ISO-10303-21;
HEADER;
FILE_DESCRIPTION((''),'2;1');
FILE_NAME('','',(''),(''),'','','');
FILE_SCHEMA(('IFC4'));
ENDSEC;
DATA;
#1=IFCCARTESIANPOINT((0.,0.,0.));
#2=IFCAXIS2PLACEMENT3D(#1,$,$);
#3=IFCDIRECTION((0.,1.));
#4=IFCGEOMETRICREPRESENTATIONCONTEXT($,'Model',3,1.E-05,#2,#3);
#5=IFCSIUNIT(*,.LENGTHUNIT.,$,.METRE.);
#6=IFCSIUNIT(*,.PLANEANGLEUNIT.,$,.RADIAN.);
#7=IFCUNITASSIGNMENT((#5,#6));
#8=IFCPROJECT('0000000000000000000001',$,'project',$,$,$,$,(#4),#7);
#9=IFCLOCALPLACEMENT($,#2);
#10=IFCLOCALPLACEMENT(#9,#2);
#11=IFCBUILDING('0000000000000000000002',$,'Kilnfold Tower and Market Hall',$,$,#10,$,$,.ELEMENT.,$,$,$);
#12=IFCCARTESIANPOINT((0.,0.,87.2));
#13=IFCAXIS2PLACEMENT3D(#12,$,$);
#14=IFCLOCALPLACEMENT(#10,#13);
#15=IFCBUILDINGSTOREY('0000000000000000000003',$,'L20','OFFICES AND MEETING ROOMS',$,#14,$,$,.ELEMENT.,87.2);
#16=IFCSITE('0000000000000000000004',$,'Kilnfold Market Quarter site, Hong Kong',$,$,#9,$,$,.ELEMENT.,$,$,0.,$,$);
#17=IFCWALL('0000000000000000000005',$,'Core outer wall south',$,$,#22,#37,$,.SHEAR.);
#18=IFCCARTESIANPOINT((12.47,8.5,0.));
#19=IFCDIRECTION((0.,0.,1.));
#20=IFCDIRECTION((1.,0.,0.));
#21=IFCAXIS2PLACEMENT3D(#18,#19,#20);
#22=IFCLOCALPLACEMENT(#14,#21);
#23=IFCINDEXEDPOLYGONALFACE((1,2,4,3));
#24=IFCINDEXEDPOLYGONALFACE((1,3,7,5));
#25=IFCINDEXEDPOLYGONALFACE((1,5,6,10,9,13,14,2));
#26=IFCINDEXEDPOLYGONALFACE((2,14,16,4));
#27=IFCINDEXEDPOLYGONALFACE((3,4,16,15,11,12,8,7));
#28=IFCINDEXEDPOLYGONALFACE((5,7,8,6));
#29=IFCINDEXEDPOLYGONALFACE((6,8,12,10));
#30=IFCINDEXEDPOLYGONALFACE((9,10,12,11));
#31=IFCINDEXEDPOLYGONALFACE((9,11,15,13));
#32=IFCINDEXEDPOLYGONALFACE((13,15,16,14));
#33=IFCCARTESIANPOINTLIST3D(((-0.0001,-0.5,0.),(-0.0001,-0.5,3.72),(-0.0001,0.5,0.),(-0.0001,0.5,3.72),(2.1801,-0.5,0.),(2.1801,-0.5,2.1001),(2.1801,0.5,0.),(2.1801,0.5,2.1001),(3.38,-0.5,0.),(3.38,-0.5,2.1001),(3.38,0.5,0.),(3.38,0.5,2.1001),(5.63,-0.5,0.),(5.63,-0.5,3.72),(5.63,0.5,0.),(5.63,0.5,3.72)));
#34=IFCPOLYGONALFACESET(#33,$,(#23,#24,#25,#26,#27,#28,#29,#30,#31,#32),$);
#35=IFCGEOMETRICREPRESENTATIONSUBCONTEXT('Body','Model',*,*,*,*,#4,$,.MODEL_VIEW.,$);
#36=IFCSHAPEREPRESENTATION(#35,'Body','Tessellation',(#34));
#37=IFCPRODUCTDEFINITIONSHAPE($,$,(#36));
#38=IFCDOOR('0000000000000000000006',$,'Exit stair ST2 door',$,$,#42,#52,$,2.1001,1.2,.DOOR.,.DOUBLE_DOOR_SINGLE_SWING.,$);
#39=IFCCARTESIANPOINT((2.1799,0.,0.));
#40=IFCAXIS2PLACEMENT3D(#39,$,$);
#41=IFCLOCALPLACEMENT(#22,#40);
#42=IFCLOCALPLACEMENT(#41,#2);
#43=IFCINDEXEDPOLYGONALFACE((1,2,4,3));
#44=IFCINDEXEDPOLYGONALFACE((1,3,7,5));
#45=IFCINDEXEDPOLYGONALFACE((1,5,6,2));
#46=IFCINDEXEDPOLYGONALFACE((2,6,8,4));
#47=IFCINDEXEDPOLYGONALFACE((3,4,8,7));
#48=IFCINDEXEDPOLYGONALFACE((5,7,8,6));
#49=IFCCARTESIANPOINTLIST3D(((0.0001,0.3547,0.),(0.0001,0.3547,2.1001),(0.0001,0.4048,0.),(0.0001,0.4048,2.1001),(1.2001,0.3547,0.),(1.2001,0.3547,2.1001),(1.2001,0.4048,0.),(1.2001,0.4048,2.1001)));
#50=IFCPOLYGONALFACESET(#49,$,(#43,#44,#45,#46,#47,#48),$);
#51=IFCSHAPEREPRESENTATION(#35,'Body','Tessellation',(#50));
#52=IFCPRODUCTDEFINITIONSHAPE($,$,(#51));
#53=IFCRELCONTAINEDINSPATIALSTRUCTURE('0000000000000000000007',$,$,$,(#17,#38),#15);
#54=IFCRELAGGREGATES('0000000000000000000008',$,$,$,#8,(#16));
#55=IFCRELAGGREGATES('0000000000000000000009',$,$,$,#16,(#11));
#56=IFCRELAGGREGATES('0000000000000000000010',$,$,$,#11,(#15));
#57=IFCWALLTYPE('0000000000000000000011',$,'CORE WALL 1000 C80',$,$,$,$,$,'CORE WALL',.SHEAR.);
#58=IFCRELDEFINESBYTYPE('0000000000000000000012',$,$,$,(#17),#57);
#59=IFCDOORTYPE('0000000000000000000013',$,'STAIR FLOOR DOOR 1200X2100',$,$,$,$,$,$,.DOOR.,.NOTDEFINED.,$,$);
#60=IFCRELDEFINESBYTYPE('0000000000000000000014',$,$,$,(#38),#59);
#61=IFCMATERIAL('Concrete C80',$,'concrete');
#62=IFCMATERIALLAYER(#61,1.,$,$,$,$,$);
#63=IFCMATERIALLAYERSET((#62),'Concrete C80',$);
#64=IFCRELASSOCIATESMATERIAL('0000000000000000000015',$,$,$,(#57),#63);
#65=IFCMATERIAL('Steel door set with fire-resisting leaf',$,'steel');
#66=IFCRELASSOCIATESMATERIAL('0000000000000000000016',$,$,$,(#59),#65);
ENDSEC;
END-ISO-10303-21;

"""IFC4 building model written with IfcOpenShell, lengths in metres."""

from ifc_helpers import new_model, si_unit, direction, frame, frame_2d, origin, place, context, subcontext, project, spatial, rectangle, extrude, source, transform, mapped, material, layer, layer_set, type_object, element, fill, save


model = new_model("IFC4")

# Units and contexts
model_context = context("Model", 3, precision=1e-05, world=origin(), true_north=direction((0.0, 1.0)))
body_context = subcontext(model_context, "Body", "Model", "MODEL_VIEW")
ifc_project = project(units=[si_unit("LENGTHUNIT", "METRE"), si_unit("PLANEANGLEUNIT", "RADIAN")], contexts=[model_context])

# Site, building, storey
site_placement = place(None, origin())
site = spatial("IfcSite", under=ifc_project, at=site_placement, Name="Kilnfold Market Quarter site, Hong Kong", CompositionType="ELEMENT", RefElevation=0.0)
building_placement = place(site_placement, origin())
building = spatial("IfcBuilding", under=site, at=building_placement, Name="Kilnfold Tower and Market Hall", CompositionType="ELEMENT")
storey_placement = place(building_placement, frame((0.0, 0.0, 87.2)))
storey = spatial("IfcBuildingStorey", under=building, at=storey_placement, Name="L20", Description="OFFICES AND MEETING ROOMS", CompositionType="ELEMENT", Elevation=87.2)

# Shared definitions
ifc_material_1 = material(Name="Concrete C80", Category="concrete")
ifc_layer_1 = layer(ifc_material_1, 1.0)
ifc_layer_set_1 = layer_set([ifc_layer_1], Name="Concrete C80")
wall_type_1 = type_object("IfcWallType", Name="CORE WALL 1000 C80", ElementType="CORE WALL", PredefinedType="SHEAR", material=ifc_layer_set_1)

# Wall, opening, door
shared_shape_1 = source(origin(), body_context, "Body", "SweptSolid", [
    extrude(rectangle(XDim=5.6301, YDim=1.0, at=frame_2d((2.8149, 0.0))), origin(), (0.0, 0.0, 1.0), 3.72),
])
wall_1_placement = place(storey_placement, frame((12.47, 8.5, 0.0), z_axis=(0.0, 0.0, 1.0), x_axis=(1.0, 0.0, 0.0)))
wall_1 = element("IfcWall", 1, at=wall_1_placement, inside=storey, type_object=wall_type_1, Name="Core outer wall south", PredefinedType="SHEAR", context=body_context, shape_type="MappedRepresentation", body=[
    mapped(shared_shape_1, transform((0.0, 0.0, 0.0))),
])
opening_1_placement = place(wall_1_placement, frame((2.1799, 0.0, 0.0)))
opening_1 = element("IfcOpeningElement", 2, at=opening_1_placement, cuts=wall_1, PredefinedType="OPENING", context=body_context, shape_type="SweptSolid", body=[
    extrude(rectangle(XDim=1.2, YDim=2.1001, at=frame_2d((0.6001, 1.05))), frame((0.0, 0.51, 0.0), z_axis=(0.0, -1.0, 0.0), x_axis=(1.0, 0.0, 0.0)), (0.0, 0.0, 1.0), 1.02),
])
ifc_material_2 = material(Name="Steel door set with fire-resisting leaf", Category="steel")
door_type_1 = type_object("IfcDoorType", Name="STAIR FLOOR DOOR 1200X2100", OperationType="NOTDEFINED", PredefinedType="DOOR", material=ifc_material_2)
door_1_placement = place(opening_1_placement, origin())
door_1 = element("IfcDoor", 3, at=door_1_placement, inside=storey, type_object=door_type_1, Name="Exit stair ST2 door", OperationType="DOUBLE_DOOR_SINGLE_SWING", OverallHeight=2.1001, OverallWidth=1.2, PredefinedType="DOOR", context=body_context, shape_type="SweptSolid", body=[
    extrude(rectangle(XDim=1.2, YDim=2.1001, at=frame_2d((0.6001, 1.05))), frame((0.0, 0.4048, 0.0), z_axis=(0.0, -1.0, 0.0), x_axis=(1.0, 0.0, 0.0)), (0.0, 0.0, 1.0), 0.05),
])
fill(opening_1, door_1)

save(model, "model.ifc")
